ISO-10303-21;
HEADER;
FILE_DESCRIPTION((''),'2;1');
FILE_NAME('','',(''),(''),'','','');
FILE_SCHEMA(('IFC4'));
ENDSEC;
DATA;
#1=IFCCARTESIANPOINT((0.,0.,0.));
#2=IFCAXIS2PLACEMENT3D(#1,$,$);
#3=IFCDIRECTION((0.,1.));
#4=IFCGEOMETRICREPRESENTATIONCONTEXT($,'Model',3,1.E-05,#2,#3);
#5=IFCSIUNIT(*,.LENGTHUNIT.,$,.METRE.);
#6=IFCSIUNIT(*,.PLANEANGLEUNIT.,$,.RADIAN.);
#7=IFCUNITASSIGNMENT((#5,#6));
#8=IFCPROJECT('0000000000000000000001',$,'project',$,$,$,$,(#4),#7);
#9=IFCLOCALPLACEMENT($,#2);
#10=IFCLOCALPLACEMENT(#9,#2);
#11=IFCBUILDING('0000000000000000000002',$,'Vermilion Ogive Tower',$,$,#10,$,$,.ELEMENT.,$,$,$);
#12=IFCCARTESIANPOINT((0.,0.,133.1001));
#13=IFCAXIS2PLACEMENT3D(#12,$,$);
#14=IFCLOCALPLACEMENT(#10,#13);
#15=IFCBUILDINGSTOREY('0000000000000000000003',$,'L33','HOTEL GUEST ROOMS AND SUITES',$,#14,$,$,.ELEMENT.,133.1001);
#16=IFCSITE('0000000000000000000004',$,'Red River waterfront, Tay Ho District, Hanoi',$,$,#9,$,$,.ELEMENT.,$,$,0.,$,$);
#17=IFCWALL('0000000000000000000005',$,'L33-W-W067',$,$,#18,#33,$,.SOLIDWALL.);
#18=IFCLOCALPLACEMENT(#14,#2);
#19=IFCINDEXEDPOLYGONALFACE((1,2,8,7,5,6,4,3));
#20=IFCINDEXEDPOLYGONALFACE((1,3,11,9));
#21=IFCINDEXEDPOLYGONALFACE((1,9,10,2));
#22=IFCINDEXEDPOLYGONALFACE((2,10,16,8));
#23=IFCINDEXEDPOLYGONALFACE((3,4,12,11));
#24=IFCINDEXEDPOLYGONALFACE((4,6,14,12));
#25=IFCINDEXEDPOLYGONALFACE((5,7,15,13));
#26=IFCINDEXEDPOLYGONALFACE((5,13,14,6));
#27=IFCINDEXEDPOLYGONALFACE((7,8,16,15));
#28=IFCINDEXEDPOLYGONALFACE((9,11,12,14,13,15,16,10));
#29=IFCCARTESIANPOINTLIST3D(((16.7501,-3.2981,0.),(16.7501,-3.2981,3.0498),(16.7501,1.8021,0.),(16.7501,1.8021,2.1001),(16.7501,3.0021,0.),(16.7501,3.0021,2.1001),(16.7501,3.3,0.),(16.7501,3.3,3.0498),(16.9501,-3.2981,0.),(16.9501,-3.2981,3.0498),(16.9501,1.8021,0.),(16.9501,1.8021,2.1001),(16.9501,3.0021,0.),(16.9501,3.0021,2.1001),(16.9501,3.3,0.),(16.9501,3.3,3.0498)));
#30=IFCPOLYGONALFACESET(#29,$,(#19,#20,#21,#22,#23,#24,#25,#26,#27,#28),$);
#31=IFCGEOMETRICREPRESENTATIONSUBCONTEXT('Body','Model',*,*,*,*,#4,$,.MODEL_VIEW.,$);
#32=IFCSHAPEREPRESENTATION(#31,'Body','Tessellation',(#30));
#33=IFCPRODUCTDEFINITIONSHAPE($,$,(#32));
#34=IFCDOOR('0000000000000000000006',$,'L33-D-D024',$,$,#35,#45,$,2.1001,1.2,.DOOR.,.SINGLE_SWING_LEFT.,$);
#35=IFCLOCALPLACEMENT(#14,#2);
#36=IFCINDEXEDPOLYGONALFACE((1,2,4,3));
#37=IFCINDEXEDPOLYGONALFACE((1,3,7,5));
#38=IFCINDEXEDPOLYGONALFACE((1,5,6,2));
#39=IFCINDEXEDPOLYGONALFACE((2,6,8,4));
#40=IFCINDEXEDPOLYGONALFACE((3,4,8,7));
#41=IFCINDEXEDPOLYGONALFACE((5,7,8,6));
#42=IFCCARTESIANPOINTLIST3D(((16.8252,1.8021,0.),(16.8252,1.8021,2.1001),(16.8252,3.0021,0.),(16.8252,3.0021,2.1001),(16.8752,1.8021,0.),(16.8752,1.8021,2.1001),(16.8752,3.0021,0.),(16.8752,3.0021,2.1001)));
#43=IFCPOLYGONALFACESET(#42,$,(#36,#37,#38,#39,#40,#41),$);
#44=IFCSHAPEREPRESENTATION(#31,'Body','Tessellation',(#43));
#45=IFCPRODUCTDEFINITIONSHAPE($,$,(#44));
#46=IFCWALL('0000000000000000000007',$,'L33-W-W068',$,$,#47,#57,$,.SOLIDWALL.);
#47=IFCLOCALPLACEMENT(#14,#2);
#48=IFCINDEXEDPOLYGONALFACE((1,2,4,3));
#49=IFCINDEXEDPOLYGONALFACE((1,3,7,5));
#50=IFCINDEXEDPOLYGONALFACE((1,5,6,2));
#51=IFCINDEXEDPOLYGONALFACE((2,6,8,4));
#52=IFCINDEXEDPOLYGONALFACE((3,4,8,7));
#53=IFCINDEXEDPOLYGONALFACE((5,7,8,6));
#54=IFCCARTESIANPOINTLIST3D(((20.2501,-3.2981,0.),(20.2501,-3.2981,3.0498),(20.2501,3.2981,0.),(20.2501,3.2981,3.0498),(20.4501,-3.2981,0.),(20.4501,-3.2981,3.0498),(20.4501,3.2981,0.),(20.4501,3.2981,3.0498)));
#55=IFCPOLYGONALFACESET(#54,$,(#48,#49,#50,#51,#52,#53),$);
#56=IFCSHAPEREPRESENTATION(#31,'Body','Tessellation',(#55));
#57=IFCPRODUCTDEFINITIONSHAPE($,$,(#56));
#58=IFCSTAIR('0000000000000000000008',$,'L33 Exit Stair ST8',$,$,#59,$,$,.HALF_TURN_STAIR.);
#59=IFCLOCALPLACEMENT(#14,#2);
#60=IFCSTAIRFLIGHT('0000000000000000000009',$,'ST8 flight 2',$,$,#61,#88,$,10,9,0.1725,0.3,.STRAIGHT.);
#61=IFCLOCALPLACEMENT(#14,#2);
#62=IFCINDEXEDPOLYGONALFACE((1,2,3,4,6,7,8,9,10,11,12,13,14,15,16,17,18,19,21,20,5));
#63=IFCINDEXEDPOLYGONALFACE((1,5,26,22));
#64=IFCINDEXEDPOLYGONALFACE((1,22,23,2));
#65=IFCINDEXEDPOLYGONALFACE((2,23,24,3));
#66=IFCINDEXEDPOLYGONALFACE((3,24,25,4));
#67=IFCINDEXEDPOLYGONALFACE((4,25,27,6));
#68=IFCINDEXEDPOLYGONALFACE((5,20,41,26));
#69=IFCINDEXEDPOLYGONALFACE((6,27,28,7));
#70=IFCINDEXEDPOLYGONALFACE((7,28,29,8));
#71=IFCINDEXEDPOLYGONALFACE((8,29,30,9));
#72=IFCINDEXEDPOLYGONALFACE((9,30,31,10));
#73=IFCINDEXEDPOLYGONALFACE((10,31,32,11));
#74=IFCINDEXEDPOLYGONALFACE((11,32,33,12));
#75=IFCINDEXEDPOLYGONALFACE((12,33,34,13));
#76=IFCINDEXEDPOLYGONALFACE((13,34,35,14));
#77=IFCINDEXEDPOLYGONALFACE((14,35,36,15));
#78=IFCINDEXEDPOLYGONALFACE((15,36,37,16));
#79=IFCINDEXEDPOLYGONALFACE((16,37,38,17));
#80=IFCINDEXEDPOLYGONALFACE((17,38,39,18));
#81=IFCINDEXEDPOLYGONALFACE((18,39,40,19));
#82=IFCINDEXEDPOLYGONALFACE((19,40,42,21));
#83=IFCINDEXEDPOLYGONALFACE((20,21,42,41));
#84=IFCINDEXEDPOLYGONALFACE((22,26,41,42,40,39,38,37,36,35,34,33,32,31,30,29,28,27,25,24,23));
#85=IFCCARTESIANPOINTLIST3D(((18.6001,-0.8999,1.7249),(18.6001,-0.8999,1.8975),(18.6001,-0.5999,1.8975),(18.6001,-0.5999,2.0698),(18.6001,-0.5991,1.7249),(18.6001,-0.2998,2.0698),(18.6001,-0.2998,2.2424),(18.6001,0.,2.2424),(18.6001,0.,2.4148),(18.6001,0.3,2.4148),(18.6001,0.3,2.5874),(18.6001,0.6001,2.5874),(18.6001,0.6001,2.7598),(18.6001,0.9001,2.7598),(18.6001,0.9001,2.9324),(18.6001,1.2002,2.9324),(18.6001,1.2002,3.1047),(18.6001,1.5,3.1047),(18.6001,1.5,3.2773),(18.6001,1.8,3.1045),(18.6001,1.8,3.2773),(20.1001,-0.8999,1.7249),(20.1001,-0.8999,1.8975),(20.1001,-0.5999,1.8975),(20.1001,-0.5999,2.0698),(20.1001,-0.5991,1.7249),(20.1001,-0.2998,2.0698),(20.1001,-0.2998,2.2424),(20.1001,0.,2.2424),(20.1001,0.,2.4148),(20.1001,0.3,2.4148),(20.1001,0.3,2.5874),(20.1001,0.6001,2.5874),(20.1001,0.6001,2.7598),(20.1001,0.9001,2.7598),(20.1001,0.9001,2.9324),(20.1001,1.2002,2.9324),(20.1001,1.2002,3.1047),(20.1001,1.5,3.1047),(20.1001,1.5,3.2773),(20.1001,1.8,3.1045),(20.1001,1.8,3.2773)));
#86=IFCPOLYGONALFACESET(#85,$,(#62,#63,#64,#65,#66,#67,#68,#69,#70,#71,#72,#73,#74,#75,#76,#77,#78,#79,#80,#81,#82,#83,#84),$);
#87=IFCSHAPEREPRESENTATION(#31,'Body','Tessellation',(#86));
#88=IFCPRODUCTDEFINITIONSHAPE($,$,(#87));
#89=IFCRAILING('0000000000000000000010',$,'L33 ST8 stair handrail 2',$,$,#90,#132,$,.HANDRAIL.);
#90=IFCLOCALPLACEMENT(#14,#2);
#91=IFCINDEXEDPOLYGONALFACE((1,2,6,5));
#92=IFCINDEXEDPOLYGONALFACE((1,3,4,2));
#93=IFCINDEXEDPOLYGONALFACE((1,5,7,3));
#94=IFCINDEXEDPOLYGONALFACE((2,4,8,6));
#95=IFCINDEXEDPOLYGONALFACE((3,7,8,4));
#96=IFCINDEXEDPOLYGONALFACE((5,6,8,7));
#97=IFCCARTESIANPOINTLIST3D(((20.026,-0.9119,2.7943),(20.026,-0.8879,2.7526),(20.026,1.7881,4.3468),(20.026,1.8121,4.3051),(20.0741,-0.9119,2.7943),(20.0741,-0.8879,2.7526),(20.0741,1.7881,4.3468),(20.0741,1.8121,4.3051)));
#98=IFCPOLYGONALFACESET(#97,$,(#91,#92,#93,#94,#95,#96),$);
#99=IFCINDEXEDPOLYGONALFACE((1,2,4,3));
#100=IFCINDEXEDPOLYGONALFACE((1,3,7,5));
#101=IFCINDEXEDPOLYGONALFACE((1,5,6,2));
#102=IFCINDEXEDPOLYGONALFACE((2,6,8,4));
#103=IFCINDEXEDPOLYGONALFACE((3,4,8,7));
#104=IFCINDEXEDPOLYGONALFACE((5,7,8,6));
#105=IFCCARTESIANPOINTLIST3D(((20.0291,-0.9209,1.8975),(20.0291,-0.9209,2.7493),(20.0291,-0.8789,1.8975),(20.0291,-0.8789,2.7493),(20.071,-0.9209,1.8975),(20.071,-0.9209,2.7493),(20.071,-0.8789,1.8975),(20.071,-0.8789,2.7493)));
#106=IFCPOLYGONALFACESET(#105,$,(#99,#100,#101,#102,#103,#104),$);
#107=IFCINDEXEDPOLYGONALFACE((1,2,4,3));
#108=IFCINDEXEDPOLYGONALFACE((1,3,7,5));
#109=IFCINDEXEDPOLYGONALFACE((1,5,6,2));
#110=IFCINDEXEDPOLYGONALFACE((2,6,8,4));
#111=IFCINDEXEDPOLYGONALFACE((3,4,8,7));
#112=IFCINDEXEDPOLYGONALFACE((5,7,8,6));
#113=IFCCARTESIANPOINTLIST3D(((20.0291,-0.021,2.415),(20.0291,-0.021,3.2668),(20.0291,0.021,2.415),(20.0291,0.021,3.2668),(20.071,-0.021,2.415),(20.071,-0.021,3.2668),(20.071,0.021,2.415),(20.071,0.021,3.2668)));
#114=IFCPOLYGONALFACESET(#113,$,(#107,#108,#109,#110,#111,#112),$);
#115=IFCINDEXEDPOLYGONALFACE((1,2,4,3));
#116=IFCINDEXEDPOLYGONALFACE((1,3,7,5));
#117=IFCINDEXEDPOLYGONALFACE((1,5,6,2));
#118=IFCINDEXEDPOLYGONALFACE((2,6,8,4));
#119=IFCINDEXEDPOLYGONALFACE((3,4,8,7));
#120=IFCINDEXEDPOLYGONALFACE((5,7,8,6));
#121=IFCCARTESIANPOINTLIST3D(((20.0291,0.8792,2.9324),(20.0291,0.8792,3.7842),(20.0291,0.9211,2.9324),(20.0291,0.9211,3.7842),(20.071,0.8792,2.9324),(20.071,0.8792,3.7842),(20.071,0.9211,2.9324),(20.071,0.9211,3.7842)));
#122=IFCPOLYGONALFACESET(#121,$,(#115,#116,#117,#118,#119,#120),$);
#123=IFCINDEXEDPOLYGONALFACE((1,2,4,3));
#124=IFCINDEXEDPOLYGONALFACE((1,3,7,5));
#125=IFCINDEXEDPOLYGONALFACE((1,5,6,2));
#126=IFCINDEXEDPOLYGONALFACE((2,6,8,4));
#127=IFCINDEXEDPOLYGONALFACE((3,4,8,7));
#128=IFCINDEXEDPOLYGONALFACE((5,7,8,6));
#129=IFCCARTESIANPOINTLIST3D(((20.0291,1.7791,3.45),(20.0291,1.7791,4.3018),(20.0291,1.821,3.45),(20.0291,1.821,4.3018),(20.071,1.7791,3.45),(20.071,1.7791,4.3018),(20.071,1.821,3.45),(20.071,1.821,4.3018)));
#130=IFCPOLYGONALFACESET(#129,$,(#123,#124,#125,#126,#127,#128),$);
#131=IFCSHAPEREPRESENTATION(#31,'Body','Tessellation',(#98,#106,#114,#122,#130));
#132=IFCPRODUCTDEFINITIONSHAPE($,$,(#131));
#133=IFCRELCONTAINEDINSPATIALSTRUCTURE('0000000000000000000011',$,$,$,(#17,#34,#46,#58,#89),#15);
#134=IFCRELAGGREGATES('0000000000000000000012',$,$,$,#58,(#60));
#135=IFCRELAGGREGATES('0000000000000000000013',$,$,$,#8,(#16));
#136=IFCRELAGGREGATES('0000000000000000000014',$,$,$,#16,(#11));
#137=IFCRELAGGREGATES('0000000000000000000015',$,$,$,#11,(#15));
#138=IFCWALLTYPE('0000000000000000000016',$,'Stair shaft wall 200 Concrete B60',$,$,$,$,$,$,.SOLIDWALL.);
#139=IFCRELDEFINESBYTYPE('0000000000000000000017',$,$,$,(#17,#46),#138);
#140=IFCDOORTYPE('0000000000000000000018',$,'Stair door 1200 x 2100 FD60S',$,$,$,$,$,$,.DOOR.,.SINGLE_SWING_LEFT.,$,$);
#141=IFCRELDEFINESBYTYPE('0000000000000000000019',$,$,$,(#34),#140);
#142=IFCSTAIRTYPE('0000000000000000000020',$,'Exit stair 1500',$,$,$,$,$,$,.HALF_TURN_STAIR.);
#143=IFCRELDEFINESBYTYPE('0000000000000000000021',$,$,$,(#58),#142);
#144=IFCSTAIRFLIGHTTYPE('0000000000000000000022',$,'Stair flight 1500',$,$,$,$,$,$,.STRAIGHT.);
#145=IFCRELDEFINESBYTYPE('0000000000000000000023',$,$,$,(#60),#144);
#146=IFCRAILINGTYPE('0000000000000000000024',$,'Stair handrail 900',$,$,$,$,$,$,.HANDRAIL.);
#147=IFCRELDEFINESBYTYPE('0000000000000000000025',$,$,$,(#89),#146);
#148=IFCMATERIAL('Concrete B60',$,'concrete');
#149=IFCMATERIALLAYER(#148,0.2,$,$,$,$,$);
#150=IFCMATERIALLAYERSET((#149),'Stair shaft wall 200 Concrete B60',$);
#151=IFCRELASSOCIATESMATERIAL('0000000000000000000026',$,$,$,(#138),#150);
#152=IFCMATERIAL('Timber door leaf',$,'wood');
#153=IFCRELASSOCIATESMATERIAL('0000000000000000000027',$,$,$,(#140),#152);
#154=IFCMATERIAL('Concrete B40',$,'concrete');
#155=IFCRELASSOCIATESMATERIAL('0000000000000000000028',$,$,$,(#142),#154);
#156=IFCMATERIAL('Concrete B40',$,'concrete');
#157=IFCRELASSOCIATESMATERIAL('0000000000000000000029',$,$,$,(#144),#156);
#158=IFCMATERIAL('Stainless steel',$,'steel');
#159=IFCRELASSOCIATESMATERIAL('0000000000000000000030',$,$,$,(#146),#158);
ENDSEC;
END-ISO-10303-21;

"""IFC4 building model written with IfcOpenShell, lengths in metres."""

from ifc_helpers import new_model, si_unit, direction, frame, frame_2d, origin, origin_2d, place, context, subcontext, project, spatial, polyline, rectangle, outline, extrude, material, layer, layer_set, type_object, element, fill, aggregate, save


model = new_model("IFC4")

# Units and contexts
model_context = context("Model", 3, precision=1e-05, world=origin(), true_north=direction((0.0, 1.0)))
body_context = subcontext(model_context, "Body", "Model", "MODEL_VIEW")
ifc_project = project(units=[si_unit("LENGTHUNIT", "METRE"), si_unit("PLANEANGLEUNIT", "RADIAN")], contexts=[model_context])

# Site, building, storey
site_placement = place(None, origin())
site = spatial("IfcSite", under=ifc_project, at=site_placement, Name="Red River waterfront, Tay Ho District, Hanoi", CompositionType="ELEMENT", RefElevation=0.0)
building_placement = place(site_placement, origin())
building = spatial("IfcBuilding", under=site, at=building_placement, Name="Vermilion Ogive Tower", CompositionType="ELEMENT")
storey_placement = place(building_placement, frame((0.0, 0.0, 133.1001)))
storey = spatial("IfcBuildingStorey", under=building, at=storey_placement, Name="L33", Description="HOTEL GUEST ROOMS AND SUITES", CompositionType="ELEMENT", Elevation=133.1001)

# Shared definitions
ifc_material_1 = material(Name="Concrete B60", Category="concrete")
ifc_layer_1 = layer(ifc_material_1, 0.2)
ifc_layer_set_1 = layer_set([ifc_layer_1], Name="Stair shaft wall 200 Concrete B60")
wall_type_1 = type_object("IfcWallType", Name="Stair shaft wall 200 Concrete B60", PredefinedType="SOLIDWALL", material=ifc_layer_set_1)

# Wall, opening, door
wall_1_placement = place(storey_placement, frame((16.8501, -3.2981, 0.0), z_axis=(0.0, 0.0, 1.0), x_axis=(0.0, 1.0, 0.0)))
wall_1 = element("IfcWall", 1, at=wall_1_placement, inside=storey, type_object=wall_type_1, Name="L33-W-W067", PredefinedType="SOLIDWALL", context=body_context, shape_type="SweptSolid", body=[
    extrude(rectangle(XDim=6.5981, YDim=0.2, at=frame_2d((3.2991, 0.0))), origin(), (0.0, 0.0, 1.0), 3.0498),
])
opening_1_placement = place(wall_1_placement, frame((5.1001, 0.0, 0.0)))
opening_1 = element("IfcOpeningElement", 2, at=opening_1_placement, cuts=wall_1, PredefinedType="OPENING", context=body_context, shape_type="SweptSolid", body=[
    extrude(rectangle(XDim=1.2, YDim=2.1001, at=frame_2d((0.6001, 1.05))), frame((0.0, 0.1099, 0.0), z_axis=(0.0, -1.0, 0.0), x_axis=(1.0, 0.0, 0.0)), (0.0, 0.0, 1.0), 0.22),
])
ifc_material_2 = material(Name="Timber door leaf", Category="wood")
door_type_1 = type_object("IfcDoorType", Name="Stair door 1200 x 2100 FD60S", OperationType="SINGLE_SWING_LEFT", PredefinedType="DOOR", material=ifc_material_2)
door_1_placement = place(opening_1_placement, origin())
door_1 = element("IfcDoor", 3, at=door_1_placement, inside=storey, type_object=door_type_1, Name="L33-D-D024", OperationType="SINGLE_SWING_LEFT", OverallHeight=2.1001, OverallWidth=1.2, PredefinedType="DOOR", context=body_context, shape_type="SweptSolid", body=[
    extrude(rectangle(XDim=1.2, YDim=2.1001, at=frame_2d((0.6001, 1.05))), frame((0.0, 0.0249, 0.0), z_axis=(0.0, -1.0, 0.0), x_axis=(1.0, 0.0, 0.0)), (0.0, 0.0, 1.0), 0.05),
])
fill(opening_1, door_1)

# Wall
wall_2_placement = place(storey_placement, frame((20.3501, -3.2981, 0.0), z_axis=(0.0, 0.0, 1.0), x_axis=(0.0, 1.0, 0.0)))
element("IfcWall", 4, at=wall_2_placement, inside=storey, type_object=wall_type_1, Name="L33-W-W068", PredefinedType="SOLIDWALL", context=body_context, shape_type="SweptSolid", body=[
    extrude(rectangle(XDim=6.5962, YDim=0.2, at=frame_2d((3.2981, 0.0))), origin(), (0.0, 0.0, 1.0), 3.0498),
])

# Stair, stair flight
ifc_material_3 = material(Name="Concrete B40", Category="concrete")
stair_type = type_object("IfcStairType", Name="Exit stair 1500", PredefinedType="HALF_TURN_STAIR", material=ifc_material_3)
stair_placement = place(storey_placement, origin())
stair = element("IfcStair", 5, at=stair_placement, inside=storey, type_object=stair_type, Name="L33 Exit Stair ST8", PredefinedType="HALF_TURN_STAIR")
ifc_material_4 = material(Name="Concrete B40", Category="concrete")
stair_flight_type = type_object("IfcStairFlightType", Name="Stair flight 1500", PredefinedType="STRAIGHT", material=ifc_material_4)
stair_flight_placement = place(storey_placement, frame((19.3501, -0.8999, 1.7249), z_axis=(0.0, 0.0, 1.0), x_axis=(0.0, 1.0, 0.0)))
stair_flight = element("IfcStairFlight", 6, at=stair_flight_placement, type_object=stair_flight_type, Name="ST8 flight 2", NumberOfRisers=10, NumberOfTreads=9, PredefinedType="STRAIGHT", RiserHeight=0.1725, TreadLength=0.3, context=body_context, shape_type="SweptSolid", body=[
    extrude(outline(polyline([(0.0, 0.0), (0.0, 0.1726), (0.3, 0.1726), (0.3, 0.345), (0.6001, 0.345), (0.6001, 0.5176), (0.8999, 0.5176), (0.8999, 0.6899), (1.2, 0.6899), (1.2, 0.8625), (1.5, 0.8625), (1.5, 1.0349), (1.8, 1.0349), (1.8, 1.2075), (2.1001, 1.2075), (2.1001, 1.3799), (2.3999, 1.3799), (2.3999, 1.5525), (2.7, 1.5525), (2.7, 1.7251), (2.7, 1.3796), (0.3008, 0.0), (0.0, 0.0)])), frame((0.0, 0.75, 0.0), z_axis=(0.0, -1.0, 0.0), x_axis=(1.0, 0.0, 0.0)), (0.0, 0.0, 1.0), 1.5),
])
aggregate(stair, [stair_flight])

# Railing
ifc_material_5 = material(Name="Stainless steel", Category="steel")
railing_type = type_object("IfcRailingType", Name="Stair handrail 900", PredefinedType="HANDRAIL", material=ifc_material_5)
railing_placement = place(storey_placement, frame((20.05, -0.8999, 1.8975)))
element("IfcRailing", 7, at=railing_placement, inside=storey, type_object=railing_type, Name="L33 ST8 stair handrail 2", PredefinedType="HANDRAIL", context=body_context, shape_type="SweptSolid", body=[
    extrude(rectangle(XDim=0.0481, YDim=0.0481, at=origin_2d()), frame((0.0, 0.0, 0.876), z_axis=(0.0, 0.866904, 0.498476), x_axis=(-1.0, 0.0, 0.0)), (0.0, 0.0, 1.0), 3.1145),
    extrude(rectangle(XDim=0.042, YDim=0.042, at=origin_2d()), origin(), (0.0, 0.0, 1.0), 0.8518),
    extrude(rectangle(XDim=0.042, YDim=0.042, at=origin_2d()), frame((0.0, 0.8999, 0.5176)), (0.0, 0.0, 1.0), 0.8518),
    extrude(rectangle(XDim=0.042, YDim=0.042, at=origin_2d()), frame((0.0, 1.8, 1.0349)), (0.0, 0.0, 1.0), 0.8518),
    extrude(rectangle(XDim=0.042, YDim=0.042, at=origin_2d()), frame((0.0, 2.7, 1.5525)), (0.0, 0.0, 1.0), 0.8518),
])

save(model, "model.ifc")
